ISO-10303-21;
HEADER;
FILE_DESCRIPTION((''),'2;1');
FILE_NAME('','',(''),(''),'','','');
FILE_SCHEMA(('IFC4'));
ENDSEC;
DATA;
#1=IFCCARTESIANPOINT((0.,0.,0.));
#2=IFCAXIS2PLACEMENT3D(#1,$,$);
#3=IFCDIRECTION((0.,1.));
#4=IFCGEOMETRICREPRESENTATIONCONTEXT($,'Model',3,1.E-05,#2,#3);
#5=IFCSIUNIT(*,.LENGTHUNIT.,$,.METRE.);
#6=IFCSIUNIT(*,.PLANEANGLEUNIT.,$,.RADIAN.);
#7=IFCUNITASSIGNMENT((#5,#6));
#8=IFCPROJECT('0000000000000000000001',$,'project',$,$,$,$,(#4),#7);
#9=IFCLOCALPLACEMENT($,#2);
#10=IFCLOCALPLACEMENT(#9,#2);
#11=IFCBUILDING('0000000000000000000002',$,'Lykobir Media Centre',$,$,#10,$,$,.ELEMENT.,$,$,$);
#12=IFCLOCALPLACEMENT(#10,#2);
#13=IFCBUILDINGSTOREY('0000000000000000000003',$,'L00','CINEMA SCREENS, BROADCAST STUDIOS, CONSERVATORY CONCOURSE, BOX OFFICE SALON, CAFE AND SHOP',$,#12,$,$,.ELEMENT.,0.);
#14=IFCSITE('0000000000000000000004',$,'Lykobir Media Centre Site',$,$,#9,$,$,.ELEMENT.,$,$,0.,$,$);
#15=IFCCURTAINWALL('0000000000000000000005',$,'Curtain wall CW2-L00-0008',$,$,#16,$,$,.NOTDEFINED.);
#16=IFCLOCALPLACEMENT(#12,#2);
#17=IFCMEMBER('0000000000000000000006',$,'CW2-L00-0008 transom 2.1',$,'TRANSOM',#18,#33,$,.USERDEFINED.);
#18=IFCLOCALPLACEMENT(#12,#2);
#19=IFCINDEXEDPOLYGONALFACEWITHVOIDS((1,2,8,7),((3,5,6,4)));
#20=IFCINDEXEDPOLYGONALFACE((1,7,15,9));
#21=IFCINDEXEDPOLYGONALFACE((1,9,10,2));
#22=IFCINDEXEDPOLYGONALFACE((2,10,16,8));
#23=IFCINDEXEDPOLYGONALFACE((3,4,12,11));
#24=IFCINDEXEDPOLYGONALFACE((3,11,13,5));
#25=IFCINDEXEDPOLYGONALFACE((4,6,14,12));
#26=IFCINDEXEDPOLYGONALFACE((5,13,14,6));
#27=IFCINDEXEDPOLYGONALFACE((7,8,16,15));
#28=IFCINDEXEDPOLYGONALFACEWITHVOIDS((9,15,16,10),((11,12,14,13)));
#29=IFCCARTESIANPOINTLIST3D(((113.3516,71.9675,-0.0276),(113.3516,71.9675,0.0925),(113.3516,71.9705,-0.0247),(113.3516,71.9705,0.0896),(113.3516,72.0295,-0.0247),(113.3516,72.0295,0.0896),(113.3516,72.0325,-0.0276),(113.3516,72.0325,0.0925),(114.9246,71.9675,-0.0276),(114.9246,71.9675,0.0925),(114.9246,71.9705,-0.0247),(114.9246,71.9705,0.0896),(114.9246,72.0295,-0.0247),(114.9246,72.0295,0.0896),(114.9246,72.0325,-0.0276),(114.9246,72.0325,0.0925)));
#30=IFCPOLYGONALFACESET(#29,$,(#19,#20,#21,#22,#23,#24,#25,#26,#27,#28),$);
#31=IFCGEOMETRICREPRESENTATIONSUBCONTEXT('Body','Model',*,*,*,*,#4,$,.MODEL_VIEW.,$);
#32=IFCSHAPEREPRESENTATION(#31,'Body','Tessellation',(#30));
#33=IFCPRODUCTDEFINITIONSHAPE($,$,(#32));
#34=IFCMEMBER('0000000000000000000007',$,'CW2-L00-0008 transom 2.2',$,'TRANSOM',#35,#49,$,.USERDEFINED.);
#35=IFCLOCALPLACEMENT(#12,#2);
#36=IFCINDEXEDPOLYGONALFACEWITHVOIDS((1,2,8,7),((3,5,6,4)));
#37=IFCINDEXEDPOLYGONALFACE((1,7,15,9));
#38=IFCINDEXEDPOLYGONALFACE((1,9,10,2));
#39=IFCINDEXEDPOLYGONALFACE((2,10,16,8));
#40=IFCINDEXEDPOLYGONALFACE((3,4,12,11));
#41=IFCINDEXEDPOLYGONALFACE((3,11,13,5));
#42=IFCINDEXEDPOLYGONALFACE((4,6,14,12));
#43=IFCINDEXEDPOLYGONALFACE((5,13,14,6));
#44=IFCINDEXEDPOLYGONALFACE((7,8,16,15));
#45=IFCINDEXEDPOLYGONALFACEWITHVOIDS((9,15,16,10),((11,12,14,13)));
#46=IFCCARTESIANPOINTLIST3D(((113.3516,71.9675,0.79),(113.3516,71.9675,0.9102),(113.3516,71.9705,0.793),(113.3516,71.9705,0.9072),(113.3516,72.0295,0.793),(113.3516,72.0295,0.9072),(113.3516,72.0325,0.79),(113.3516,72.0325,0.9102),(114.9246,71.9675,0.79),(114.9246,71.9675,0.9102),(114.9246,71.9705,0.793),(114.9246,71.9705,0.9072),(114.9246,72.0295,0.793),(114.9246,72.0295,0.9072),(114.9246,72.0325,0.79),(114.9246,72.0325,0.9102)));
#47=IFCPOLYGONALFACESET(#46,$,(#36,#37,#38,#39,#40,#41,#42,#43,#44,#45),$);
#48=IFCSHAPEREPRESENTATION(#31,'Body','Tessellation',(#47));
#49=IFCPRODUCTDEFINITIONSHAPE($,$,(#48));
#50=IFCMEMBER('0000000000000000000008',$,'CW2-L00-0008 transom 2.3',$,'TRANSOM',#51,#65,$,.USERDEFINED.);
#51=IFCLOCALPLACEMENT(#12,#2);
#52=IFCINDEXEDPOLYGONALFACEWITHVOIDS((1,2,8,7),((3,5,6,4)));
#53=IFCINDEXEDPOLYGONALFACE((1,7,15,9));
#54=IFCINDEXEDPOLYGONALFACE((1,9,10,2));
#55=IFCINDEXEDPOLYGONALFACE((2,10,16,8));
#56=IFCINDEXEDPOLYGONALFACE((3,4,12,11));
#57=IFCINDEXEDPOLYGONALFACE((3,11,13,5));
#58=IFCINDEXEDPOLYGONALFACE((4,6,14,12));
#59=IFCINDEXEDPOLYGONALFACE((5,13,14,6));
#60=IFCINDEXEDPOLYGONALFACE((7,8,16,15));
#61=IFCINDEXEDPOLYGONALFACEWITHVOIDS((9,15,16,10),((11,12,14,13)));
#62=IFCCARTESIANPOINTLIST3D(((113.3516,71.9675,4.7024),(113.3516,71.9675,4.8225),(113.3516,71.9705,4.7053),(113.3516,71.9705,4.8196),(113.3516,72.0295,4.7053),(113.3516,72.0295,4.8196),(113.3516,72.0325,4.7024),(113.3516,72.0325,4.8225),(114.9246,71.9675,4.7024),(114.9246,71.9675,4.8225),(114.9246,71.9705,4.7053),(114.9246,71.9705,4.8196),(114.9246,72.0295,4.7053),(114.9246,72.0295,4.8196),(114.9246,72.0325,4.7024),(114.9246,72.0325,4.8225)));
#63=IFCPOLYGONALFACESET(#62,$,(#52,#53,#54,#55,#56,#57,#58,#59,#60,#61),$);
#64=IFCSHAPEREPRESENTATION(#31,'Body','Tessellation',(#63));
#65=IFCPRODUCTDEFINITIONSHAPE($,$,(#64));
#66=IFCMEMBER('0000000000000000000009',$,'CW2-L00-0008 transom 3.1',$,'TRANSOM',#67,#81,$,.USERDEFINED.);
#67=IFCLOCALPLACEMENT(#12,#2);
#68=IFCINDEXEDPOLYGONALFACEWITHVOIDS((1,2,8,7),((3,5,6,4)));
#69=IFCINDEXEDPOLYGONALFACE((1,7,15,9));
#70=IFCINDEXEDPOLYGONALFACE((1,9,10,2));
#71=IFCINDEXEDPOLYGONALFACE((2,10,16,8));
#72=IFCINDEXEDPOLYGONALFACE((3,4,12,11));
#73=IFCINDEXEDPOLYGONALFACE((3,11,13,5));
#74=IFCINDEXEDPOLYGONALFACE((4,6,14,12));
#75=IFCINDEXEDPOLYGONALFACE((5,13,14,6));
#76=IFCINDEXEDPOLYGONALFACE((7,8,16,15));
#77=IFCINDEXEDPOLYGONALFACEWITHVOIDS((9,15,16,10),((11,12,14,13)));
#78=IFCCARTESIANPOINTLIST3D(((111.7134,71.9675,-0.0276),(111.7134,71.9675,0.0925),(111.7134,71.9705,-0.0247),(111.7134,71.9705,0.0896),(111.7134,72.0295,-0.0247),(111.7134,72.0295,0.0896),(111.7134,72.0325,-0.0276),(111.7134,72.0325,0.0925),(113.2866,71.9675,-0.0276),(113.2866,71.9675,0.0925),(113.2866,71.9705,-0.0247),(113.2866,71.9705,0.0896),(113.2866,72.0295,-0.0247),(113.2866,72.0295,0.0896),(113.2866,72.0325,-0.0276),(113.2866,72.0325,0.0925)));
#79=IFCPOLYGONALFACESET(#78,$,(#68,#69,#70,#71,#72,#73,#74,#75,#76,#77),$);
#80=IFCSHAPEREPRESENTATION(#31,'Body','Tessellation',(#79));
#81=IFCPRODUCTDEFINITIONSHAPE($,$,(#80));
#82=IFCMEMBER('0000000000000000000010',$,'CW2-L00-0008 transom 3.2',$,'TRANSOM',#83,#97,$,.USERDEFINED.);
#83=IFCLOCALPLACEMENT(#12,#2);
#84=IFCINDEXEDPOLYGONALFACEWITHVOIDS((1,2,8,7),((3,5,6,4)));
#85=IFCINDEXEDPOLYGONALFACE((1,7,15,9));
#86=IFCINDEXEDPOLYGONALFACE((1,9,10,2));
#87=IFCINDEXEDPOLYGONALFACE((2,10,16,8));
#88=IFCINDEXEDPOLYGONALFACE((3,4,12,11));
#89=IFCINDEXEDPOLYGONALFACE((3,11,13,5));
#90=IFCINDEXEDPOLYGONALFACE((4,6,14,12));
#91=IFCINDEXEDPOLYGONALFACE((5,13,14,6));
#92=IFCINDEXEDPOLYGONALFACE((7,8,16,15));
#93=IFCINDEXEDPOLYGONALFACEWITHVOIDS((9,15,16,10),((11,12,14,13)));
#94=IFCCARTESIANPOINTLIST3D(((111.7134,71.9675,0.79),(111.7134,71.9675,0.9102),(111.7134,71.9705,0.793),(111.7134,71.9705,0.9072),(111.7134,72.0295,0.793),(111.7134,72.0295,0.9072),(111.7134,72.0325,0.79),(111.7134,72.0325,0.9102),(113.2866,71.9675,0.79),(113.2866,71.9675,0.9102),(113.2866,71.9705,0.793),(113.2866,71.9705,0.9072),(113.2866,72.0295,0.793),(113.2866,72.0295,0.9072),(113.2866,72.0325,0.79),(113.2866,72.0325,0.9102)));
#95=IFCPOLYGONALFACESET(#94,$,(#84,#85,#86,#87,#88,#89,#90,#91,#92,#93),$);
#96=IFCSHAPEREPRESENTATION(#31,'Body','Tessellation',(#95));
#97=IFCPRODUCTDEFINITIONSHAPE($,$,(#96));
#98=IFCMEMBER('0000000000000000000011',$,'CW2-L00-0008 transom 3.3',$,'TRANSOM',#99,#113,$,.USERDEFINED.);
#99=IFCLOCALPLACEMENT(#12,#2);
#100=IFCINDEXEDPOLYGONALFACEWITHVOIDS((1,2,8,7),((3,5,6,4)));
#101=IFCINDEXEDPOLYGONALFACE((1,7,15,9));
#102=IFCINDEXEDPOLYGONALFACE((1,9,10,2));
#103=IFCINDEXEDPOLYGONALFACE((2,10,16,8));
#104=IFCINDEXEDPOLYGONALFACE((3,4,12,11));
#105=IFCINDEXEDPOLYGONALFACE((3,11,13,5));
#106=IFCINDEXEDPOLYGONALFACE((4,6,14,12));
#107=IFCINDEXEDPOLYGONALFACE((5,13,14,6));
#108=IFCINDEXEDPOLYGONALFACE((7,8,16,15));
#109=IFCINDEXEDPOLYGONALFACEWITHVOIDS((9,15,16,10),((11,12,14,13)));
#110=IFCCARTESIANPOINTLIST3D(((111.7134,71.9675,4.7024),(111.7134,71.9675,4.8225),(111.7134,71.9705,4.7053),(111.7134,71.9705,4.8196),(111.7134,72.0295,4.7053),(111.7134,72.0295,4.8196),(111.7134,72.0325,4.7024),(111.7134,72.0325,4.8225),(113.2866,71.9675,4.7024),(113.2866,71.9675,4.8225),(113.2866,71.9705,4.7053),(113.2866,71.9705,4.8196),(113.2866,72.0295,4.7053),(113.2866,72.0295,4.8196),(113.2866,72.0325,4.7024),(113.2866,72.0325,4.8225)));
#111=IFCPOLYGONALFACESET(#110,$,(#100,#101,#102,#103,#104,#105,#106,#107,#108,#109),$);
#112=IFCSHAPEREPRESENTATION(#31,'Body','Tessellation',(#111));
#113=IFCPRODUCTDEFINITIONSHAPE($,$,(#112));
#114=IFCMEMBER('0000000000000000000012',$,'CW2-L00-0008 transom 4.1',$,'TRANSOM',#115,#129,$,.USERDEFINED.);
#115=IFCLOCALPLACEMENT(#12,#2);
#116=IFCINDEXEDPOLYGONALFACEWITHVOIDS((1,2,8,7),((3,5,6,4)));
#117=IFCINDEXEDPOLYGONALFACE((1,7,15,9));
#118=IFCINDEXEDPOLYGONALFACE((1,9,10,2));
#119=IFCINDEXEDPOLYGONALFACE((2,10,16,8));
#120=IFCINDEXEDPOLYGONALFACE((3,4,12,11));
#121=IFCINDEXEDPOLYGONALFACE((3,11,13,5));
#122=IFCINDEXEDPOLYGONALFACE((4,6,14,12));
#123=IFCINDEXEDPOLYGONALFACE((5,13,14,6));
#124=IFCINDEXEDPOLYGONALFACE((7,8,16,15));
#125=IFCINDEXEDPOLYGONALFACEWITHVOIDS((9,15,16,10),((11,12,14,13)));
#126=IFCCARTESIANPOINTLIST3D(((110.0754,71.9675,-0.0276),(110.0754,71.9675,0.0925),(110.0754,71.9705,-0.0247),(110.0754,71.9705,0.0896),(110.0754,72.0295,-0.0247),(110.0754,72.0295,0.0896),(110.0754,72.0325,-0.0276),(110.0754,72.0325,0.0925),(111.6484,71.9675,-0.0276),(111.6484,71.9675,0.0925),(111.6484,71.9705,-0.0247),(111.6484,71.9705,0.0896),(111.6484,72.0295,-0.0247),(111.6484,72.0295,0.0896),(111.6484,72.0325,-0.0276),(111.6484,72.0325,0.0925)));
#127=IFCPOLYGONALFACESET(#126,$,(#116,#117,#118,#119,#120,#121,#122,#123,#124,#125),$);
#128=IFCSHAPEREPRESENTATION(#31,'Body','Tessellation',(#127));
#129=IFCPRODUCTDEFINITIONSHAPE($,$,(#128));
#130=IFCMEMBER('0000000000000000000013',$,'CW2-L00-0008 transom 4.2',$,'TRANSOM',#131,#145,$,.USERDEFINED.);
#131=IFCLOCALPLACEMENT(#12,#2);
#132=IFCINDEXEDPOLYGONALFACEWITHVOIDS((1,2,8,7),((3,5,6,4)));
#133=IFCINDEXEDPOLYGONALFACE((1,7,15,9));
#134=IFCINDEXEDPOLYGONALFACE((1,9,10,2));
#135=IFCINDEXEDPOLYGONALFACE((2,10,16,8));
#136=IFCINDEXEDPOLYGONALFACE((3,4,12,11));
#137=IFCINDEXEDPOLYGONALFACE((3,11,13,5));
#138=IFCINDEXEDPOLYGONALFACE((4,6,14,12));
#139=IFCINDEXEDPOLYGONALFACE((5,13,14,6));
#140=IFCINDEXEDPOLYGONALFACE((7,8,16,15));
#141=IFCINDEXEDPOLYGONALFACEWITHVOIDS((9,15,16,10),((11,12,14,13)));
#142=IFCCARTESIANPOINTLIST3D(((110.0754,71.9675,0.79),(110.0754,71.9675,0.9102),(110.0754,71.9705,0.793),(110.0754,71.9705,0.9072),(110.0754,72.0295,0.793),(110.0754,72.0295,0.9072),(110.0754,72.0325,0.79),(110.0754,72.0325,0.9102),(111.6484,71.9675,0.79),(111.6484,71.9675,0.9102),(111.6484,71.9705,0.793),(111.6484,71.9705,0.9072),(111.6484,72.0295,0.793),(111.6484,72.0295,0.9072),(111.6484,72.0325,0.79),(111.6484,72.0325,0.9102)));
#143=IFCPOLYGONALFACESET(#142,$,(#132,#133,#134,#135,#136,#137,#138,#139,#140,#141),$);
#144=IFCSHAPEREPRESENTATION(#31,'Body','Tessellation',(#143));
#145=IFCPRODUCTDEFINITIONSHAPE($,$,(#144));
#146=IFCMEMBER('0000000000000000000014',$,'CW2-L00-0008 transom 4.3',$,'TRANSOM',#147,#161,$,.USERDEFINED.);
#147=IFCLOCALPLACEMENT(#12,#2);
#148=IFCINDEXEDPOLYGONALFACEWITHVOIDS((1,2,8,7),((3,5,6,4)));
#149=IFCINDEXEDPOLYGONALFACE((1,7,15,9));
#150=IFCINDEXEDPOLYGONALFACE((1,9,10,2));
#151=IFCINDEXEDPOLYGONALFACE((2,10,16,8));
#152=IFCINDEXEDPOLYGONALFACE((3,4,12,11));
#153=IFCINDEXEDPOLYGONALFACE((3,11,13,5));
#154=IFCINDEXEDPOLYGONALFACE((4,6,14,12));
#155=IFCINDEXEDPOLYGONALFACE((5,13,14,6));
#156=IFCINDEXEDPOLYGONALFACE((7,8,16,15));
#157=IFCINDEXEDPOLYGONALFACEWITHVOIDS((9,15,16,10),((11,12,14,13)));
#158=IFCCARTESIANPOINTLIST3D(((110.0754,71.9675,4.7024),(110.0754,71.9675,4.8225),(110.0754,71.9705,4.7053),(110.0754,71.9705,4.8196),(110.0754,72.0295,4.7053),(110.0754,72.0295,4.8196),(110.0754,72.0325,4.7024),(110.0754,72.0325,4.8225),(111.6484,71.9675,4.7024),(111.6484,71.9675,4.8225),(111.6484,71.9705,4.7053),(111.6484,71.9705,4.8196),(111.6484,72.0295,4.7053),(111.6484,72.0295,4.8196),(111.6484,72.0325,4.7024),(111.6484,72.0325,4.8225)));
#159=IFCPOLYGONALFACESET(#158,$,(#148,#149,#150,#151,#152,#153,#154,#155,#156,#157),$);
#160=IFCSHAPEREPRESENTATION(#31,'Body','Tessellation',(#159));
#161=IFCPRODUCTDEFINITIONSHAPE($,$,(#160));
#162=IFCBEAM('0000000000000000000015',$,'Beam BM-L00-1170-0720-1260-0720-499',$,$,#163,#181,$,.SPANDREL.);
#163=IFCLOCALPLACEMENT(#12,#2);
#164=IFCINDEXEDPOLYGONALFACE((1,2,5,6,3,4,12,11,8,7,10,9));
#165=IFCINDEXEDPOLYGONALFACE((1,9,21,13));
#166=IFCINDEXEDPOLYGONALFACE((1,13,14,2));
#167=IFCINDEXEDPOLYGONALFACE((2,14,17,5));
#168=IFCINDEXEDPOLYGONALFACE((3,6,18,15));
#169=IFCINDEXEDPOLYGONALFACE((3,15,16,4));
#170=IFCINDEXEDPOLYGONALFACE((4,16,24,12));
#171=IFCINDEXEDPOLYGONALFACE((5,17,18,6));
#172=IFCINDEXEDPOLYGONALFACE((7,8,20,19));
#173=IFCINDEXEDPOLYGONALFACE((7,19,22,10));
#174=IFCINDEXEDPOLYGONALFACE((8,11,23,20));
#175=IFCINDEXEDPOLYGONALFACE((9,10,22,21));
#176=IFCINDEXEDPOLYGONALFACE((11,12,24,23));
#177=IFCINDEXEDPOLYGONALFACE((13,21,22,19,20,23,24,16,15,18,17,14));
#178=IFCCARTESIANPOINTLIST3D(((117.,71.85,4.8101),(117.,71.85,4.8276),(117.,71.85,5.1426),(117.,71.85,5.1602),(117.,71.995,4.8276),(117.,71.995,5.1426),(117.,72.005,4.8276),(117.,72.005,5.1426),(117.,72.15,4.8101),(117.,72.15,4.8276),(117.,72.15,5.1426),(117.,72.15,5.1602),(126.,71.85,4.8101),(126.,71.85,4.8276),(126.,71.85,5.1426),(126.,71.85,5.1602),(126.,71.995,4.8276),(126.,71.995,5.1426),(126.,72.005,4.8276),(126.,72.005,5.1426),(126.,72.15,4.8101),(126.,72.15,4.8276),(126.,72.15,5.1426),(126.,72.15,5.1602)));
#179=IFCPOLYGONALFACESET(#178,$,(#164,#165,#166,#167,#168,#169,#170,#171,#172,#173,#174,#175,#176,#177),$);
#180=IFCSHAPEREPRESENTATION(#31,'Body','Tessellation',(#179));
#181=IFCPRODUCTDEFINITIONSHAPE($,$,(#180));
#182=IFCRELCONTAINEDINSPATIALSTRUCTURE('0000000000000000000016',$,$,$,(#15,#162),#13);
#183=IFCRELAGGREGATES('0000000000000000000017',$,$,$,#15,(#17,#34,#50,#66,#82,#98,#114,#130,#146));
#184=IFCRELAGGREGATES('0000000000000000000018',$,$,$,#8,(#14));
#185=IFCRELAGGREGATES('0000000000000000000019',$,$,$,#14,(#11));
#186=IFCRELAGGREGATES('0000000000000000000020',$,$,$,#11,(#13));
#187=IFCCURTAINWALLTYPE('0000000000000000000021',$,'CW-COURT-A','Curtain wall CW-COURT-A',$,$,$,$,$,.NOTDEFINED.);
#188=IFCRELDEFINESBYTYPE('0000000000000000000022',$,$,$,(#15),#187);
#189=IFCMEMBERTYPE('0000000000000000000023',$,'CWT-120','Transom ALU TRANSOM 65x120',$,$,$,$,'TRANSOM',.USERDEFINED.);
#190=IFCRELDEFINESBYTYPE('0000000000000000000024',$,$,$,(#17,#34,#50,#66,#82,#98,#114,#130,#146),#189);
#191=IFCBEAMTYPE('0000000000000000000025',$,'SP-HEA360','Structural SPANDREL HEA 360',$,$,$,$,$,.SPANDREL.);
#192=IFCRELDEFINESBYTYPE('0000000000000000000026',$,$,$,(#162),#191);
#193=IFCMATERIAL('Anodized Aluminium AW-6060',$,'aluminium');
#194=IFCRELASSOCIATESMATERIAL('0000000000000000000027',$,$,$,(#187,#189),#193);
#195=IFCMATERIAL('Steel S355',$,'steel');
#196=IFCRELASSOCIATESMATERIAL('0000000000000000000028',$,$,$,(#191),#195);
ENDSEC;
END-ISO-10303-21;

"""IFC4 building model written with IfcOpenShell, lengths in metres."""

from ifc_helpers import new_model, si_unit, direction, frame, origin, origin_2d, place, context, subcontext, project, spatial, hollow_rectangle, i_section, extrude, material, material_profile, profile_set, type_object, element, aggregate, save


model = new_model("IFC4")

# Units and contexts
model_context = context("Model", 3, precision=1e-05, world=origin(), true_north=direction((0.0, 1.0)))
body_context = subcontext(model_context, "Body", "Model", "MODEL_VIEW")
ifc_project = project(units=[si_unit("LENGTHUNIT", "METRE"), si_unit("PLANEANGLEUNIT", "RADIAN")], contexts=[model_context])

# Site, building, storey
site_placement = place(None, origin())
site = spatial("IfcSite", under=ifc_project, at=site_placement, Name="Lykobir Media Centre Site", CompositionType="ELEMENT", RefElevation=0.0)
building_placement = place(site_placement, origin())
building = spatial("IfcBuilding", under=site, at=building_placement, Name="Lykobir Media Centre", CompositionType="ELEMENT")
storey_placement = place(building_placement, origin())
storey = spatial("IfcBuildingStorey", under=building, at=storey_placement, Name="L00", Description="CINEMA SCREENS, BROADCAST STUDIOS, CONSERVATORY CONCOURSE, BOX OFFICE SALON, CAFE AND SHOP", CompositionType="ELEMENT", Elevation=0.0)

# Shared definitions
ifc_material_1 = material(Name="Steel S355", Category="steel")

# Curtain wall
ifc_material_2 = material(Name="Anodized Aluminium AW-6060", Category="aluminium")
curtain_wall_type = type_object("IfcCurtainWallType", Name="CW-COURT-A", Description="Curtain wall CW-COURT-A", PredefinedType="NOTDEFINED", material=ifc_material_2)
curtain_wall_1_placement = place(storey_placement, origin())
curtain_wall_1 = element("IfcCurtainWall", 1, at=curtain_wall_1_placement, inside=storey, type_object=curtain_wall_type, Name="Curtain wall CW2-L00-0008", PredefinedType="NOTDEFINED")

# Members
ifc_material_profile_1 = material_profile(ifc_material_2, hollow_rectangle(XDim=0.0649, YDim=0.1201, WallThickness=0.0029, at=origin_2d()), Name="ALU TRANSOM 65x120")
ifc_profile_set_1 = profile_set([ifc_material_profile_1], Name="Anodized Aluminium AW-6060")
member_type_1 = type_object("IfcMemberType", Name="CWT-120", Description="Transom ALU TRANSOM 65x120", ElementType="TRANSOM", PredefinedType="USERDEFINED", material=ifc_profile_set_1)
member_1_placement = place(storey_placement, frame((114.9246, 72.0, 0.0325), z_axis=(-1.0, 0.0, 0.0), x_axis=(0.0, -1.0, 0.0)))
member_1 = element("IfcMember", 2, at=member_1_placement, type_object=member_type_1, Name="CW2-L00-0008 transom 2.1", ObjectType="TRANSOM", PredefinedType="USERDEFINED", context=body_context, shape_type="SweptSolid", body=[
    extrude(hollow_rectangle(XDim=0.0649, YDim=0.1201, WallThickness=0.0029, at=origin_2d()), origin(), (0.0, 0.0, 1.0), 1.573),
])
member_2_placement = place(storey_placement, frame((114.9246, 72.0, 0.8501), z_axis=(-1.0, 0.0, 0.0), x_axis=(0.0, -1.0, 0.0)))
member_2 = element("IfcMember", 3, at=member_2_placement, type_object=member_type_1, Name="CW2-L00-0008 transom 2.2", ObjectType="TRANSOM", PredefinedType="USERDEFINED", context=body_context, shape_type="SweptSolid", body=[
    extrude(hollow_rectangle(XDim=0.0649, YDim=0.1201, WallThickness=0.0029, at=origin_2d()), origin(), (0.0, 0.0, 1.0), 1.573),
])
member_3_placement = place(storey_placement, frame((114.9246, 72.0, 4.7625), z_axis=(-1.0, 0.0, 0.0), x_axis=(0.0, -1.0, 0.0)))
member_3 = element("IfcMember", 4, at=member_3_placement, type_object=member_type_1, Name="CW2-L00-0008 transom 2.3", ObjectType="TRANSOM", PredefinedType="USERDEFINED", context=body_context, shape_type="SweptSolid", body=[
    extrude(hollow_rectangle(XDim=0.0649, YDim=0.1201, WallThickness=0.0029, at=origin_2d()), origin(), (0.0, 0.0, 1.0), 1.573),
])
member_4_placement = place(storey_placement, frame((113.2866, 72.0, 0.0325), z_axis=(-1.0, 0.0, 0.0), x_axis=(0.0, -1.0, 0.0)))
member_4 = element("IfcMember", 5, at=member_4_placement, type_object=member_type_1, Name="CW2-L00-0008 transom 3.1", ObjectType="TRANSOM", PredefinedType="USERDEFINED", context=body_context, shape_type="SweptSolid", body=[
    extrude(hollow_rectangle(XDim=0.0649, YDim=0.1201, WallThickness=0.0029, at=origin_2d()), origin(), (0.0, 0.0, 1.0), 1.5732),
])
member_5_placement = place(storey_placement, frame((113.2866, 72.0, 0.8501), z_axis=(-1.0, 0.0, 0.0), x_axis=(0.0, -1.0, 0.0)))
member_5 = element("IfcMember", 6, at=member_5_placement, type_object=member_type_1, Name="CW2-L00-0008 transom 3.2", ObjectType="TRANSOM", PredefinedType="USERDEFINED", context=body_context, shape_type="SweptSolid", body=[
    extrude(hollow_rectangle(XDim=0.0649, YDim=0.1201, WallThickness=0.0029, at=origin_2d()), origin(), (0.0, 0.0, 1.0), 1.5732),
])
member_6_placement = place(storey_placement, frame((113.2866, 72.0, 4.7625), z_axis=(-1.0, 0.0, 0.0), x_axis=(0.0, -1.0, 0.0)))
member_6 = element("IfcMember", 7, at=member_6_placement, type_object=member_type_1, Name="CW2-L00-0008 transom 3.3", ObjectType="TRANSOM", PredefinedType="USERDEFINED", context=body_context, shape_type="SweptSolid", body=[
    extrude(hollow_rectangle(XDim=0.0649, YDim=0.1201, WallThickness=0.0029, at=origin_2d()), origin(), (0.0, 0.0, 1.0), 1.5732),
])
member_7_placement = place(storey_placement, frame((111.6484, 72.0, 0.0325), z_axis=(-1.0, 0.0, 0.0), x_axis=(0.0, -1.0, 0.0)))
member_7 = element("IfcMember", 8, at=member_7_placement, type_object=member_type_1, Name="CW2-L00-0008 transom 4.1", ObjectType="TRANSOM", PredefinedType="USERDEFINED", context=body_context, shape_type="SweptSolid", body=[
    extrude(hollow_rectangle(XDim=0.0649, YDim=0.1201, WallThickness=0.0029, at=origin_2d()), origin(), (0.0, 0.0, 1.0), 1.573),
])
member_8_placement = place(storey_placement, frame((111.6484, 72.0, 0.8501), z_axis=(-1.0, 0.0, 0.0), x_axis=(0.0, -1.0, 0.0)))
member_8 = element("IfcMember", 9, at=member_8_placement, type_object=member_type_1, Name="CW2-L00-0008 transom 4.2", ObjectType="TRANSOM", PredefinedType="USERDEFINED", context=body_context, shape_type="SweptSolid", body=[
    extrude(hollow_rectangle(XDim=0.0649, YDim=0.1201, WallThickness=0.0029, at=origin_2d()), origin(), (0.0, 0.0, 1.0), 1.573),
])
member_9_placement = place(storey_placement, frame((111.6484, 72.0, 4.7625), z_axis=(-1.0, 0.0, 0.0), x_axis=(0.0, -1.0, 0.0)))
member_9 = element("IfcMember", 10, at=member_9_placement, type_object=member_type_1, Name="CW2-L00-0008 transom 4.3", ObjectType="TRANSOM", PredefinedType="USERDEFINED", context=body_context, shape_type="SweptSolid", body=[
    extrude(hollow_rectangle(XDim=0.0649, YDim=0.1201, WallThickness=0.0029, at=origin_2d()), origin(), (0.0, 0.0, 1.0), 1.573),
])

# Beam
ifc_material_profile_2 = material_profile(ifc_material_1, i_section(OverallWidth=0.3, OverallDepth=0.3501, WebThickness=0.01, FlangeThickness=0.0176, at=origin_2d()), Name="HEA 360")
ifc_profile_set_2 = profile_set([ifc_material_profile_2], Name="Steel S355")
beam_type_1 = type_object("IfcBeamType", Name="SP-HEA360", Description="Structural SPANDREL HEA 360", PredefinedType="SPANDREL", material=ifc_profile_set_2)
beam_1_placement = place(storey_placement, frame((117.0, 72.0, 4.9851), z_axis=(1.0, 0.0, 0.0), x_axis=(0.0, 1.0, 0.0)))
element("IfcBeam", 11, at=beam_1_placement, inside=storey, type_object=beam_type_1, Name="Beam BM-L00-1170-0720-1260-0720-499", PredefinedType="SPANDREL", context=body_context, shape_type="SweptSolid", body=[
    extrude(i_section(OverallWidth=0.3, OverallDepth=0.3501, WebThickness=0.01, FlangeThickness=0.0176, at=origin_2d()), origin(), (0.0, 0.0, 1.0), 9.0),
])

aggregate(curtain_wall_1, [member_1, member_2, member_3, member_4, member_5, member_6, member_7, member_8, member_9])

save(model, "model.ifc")
